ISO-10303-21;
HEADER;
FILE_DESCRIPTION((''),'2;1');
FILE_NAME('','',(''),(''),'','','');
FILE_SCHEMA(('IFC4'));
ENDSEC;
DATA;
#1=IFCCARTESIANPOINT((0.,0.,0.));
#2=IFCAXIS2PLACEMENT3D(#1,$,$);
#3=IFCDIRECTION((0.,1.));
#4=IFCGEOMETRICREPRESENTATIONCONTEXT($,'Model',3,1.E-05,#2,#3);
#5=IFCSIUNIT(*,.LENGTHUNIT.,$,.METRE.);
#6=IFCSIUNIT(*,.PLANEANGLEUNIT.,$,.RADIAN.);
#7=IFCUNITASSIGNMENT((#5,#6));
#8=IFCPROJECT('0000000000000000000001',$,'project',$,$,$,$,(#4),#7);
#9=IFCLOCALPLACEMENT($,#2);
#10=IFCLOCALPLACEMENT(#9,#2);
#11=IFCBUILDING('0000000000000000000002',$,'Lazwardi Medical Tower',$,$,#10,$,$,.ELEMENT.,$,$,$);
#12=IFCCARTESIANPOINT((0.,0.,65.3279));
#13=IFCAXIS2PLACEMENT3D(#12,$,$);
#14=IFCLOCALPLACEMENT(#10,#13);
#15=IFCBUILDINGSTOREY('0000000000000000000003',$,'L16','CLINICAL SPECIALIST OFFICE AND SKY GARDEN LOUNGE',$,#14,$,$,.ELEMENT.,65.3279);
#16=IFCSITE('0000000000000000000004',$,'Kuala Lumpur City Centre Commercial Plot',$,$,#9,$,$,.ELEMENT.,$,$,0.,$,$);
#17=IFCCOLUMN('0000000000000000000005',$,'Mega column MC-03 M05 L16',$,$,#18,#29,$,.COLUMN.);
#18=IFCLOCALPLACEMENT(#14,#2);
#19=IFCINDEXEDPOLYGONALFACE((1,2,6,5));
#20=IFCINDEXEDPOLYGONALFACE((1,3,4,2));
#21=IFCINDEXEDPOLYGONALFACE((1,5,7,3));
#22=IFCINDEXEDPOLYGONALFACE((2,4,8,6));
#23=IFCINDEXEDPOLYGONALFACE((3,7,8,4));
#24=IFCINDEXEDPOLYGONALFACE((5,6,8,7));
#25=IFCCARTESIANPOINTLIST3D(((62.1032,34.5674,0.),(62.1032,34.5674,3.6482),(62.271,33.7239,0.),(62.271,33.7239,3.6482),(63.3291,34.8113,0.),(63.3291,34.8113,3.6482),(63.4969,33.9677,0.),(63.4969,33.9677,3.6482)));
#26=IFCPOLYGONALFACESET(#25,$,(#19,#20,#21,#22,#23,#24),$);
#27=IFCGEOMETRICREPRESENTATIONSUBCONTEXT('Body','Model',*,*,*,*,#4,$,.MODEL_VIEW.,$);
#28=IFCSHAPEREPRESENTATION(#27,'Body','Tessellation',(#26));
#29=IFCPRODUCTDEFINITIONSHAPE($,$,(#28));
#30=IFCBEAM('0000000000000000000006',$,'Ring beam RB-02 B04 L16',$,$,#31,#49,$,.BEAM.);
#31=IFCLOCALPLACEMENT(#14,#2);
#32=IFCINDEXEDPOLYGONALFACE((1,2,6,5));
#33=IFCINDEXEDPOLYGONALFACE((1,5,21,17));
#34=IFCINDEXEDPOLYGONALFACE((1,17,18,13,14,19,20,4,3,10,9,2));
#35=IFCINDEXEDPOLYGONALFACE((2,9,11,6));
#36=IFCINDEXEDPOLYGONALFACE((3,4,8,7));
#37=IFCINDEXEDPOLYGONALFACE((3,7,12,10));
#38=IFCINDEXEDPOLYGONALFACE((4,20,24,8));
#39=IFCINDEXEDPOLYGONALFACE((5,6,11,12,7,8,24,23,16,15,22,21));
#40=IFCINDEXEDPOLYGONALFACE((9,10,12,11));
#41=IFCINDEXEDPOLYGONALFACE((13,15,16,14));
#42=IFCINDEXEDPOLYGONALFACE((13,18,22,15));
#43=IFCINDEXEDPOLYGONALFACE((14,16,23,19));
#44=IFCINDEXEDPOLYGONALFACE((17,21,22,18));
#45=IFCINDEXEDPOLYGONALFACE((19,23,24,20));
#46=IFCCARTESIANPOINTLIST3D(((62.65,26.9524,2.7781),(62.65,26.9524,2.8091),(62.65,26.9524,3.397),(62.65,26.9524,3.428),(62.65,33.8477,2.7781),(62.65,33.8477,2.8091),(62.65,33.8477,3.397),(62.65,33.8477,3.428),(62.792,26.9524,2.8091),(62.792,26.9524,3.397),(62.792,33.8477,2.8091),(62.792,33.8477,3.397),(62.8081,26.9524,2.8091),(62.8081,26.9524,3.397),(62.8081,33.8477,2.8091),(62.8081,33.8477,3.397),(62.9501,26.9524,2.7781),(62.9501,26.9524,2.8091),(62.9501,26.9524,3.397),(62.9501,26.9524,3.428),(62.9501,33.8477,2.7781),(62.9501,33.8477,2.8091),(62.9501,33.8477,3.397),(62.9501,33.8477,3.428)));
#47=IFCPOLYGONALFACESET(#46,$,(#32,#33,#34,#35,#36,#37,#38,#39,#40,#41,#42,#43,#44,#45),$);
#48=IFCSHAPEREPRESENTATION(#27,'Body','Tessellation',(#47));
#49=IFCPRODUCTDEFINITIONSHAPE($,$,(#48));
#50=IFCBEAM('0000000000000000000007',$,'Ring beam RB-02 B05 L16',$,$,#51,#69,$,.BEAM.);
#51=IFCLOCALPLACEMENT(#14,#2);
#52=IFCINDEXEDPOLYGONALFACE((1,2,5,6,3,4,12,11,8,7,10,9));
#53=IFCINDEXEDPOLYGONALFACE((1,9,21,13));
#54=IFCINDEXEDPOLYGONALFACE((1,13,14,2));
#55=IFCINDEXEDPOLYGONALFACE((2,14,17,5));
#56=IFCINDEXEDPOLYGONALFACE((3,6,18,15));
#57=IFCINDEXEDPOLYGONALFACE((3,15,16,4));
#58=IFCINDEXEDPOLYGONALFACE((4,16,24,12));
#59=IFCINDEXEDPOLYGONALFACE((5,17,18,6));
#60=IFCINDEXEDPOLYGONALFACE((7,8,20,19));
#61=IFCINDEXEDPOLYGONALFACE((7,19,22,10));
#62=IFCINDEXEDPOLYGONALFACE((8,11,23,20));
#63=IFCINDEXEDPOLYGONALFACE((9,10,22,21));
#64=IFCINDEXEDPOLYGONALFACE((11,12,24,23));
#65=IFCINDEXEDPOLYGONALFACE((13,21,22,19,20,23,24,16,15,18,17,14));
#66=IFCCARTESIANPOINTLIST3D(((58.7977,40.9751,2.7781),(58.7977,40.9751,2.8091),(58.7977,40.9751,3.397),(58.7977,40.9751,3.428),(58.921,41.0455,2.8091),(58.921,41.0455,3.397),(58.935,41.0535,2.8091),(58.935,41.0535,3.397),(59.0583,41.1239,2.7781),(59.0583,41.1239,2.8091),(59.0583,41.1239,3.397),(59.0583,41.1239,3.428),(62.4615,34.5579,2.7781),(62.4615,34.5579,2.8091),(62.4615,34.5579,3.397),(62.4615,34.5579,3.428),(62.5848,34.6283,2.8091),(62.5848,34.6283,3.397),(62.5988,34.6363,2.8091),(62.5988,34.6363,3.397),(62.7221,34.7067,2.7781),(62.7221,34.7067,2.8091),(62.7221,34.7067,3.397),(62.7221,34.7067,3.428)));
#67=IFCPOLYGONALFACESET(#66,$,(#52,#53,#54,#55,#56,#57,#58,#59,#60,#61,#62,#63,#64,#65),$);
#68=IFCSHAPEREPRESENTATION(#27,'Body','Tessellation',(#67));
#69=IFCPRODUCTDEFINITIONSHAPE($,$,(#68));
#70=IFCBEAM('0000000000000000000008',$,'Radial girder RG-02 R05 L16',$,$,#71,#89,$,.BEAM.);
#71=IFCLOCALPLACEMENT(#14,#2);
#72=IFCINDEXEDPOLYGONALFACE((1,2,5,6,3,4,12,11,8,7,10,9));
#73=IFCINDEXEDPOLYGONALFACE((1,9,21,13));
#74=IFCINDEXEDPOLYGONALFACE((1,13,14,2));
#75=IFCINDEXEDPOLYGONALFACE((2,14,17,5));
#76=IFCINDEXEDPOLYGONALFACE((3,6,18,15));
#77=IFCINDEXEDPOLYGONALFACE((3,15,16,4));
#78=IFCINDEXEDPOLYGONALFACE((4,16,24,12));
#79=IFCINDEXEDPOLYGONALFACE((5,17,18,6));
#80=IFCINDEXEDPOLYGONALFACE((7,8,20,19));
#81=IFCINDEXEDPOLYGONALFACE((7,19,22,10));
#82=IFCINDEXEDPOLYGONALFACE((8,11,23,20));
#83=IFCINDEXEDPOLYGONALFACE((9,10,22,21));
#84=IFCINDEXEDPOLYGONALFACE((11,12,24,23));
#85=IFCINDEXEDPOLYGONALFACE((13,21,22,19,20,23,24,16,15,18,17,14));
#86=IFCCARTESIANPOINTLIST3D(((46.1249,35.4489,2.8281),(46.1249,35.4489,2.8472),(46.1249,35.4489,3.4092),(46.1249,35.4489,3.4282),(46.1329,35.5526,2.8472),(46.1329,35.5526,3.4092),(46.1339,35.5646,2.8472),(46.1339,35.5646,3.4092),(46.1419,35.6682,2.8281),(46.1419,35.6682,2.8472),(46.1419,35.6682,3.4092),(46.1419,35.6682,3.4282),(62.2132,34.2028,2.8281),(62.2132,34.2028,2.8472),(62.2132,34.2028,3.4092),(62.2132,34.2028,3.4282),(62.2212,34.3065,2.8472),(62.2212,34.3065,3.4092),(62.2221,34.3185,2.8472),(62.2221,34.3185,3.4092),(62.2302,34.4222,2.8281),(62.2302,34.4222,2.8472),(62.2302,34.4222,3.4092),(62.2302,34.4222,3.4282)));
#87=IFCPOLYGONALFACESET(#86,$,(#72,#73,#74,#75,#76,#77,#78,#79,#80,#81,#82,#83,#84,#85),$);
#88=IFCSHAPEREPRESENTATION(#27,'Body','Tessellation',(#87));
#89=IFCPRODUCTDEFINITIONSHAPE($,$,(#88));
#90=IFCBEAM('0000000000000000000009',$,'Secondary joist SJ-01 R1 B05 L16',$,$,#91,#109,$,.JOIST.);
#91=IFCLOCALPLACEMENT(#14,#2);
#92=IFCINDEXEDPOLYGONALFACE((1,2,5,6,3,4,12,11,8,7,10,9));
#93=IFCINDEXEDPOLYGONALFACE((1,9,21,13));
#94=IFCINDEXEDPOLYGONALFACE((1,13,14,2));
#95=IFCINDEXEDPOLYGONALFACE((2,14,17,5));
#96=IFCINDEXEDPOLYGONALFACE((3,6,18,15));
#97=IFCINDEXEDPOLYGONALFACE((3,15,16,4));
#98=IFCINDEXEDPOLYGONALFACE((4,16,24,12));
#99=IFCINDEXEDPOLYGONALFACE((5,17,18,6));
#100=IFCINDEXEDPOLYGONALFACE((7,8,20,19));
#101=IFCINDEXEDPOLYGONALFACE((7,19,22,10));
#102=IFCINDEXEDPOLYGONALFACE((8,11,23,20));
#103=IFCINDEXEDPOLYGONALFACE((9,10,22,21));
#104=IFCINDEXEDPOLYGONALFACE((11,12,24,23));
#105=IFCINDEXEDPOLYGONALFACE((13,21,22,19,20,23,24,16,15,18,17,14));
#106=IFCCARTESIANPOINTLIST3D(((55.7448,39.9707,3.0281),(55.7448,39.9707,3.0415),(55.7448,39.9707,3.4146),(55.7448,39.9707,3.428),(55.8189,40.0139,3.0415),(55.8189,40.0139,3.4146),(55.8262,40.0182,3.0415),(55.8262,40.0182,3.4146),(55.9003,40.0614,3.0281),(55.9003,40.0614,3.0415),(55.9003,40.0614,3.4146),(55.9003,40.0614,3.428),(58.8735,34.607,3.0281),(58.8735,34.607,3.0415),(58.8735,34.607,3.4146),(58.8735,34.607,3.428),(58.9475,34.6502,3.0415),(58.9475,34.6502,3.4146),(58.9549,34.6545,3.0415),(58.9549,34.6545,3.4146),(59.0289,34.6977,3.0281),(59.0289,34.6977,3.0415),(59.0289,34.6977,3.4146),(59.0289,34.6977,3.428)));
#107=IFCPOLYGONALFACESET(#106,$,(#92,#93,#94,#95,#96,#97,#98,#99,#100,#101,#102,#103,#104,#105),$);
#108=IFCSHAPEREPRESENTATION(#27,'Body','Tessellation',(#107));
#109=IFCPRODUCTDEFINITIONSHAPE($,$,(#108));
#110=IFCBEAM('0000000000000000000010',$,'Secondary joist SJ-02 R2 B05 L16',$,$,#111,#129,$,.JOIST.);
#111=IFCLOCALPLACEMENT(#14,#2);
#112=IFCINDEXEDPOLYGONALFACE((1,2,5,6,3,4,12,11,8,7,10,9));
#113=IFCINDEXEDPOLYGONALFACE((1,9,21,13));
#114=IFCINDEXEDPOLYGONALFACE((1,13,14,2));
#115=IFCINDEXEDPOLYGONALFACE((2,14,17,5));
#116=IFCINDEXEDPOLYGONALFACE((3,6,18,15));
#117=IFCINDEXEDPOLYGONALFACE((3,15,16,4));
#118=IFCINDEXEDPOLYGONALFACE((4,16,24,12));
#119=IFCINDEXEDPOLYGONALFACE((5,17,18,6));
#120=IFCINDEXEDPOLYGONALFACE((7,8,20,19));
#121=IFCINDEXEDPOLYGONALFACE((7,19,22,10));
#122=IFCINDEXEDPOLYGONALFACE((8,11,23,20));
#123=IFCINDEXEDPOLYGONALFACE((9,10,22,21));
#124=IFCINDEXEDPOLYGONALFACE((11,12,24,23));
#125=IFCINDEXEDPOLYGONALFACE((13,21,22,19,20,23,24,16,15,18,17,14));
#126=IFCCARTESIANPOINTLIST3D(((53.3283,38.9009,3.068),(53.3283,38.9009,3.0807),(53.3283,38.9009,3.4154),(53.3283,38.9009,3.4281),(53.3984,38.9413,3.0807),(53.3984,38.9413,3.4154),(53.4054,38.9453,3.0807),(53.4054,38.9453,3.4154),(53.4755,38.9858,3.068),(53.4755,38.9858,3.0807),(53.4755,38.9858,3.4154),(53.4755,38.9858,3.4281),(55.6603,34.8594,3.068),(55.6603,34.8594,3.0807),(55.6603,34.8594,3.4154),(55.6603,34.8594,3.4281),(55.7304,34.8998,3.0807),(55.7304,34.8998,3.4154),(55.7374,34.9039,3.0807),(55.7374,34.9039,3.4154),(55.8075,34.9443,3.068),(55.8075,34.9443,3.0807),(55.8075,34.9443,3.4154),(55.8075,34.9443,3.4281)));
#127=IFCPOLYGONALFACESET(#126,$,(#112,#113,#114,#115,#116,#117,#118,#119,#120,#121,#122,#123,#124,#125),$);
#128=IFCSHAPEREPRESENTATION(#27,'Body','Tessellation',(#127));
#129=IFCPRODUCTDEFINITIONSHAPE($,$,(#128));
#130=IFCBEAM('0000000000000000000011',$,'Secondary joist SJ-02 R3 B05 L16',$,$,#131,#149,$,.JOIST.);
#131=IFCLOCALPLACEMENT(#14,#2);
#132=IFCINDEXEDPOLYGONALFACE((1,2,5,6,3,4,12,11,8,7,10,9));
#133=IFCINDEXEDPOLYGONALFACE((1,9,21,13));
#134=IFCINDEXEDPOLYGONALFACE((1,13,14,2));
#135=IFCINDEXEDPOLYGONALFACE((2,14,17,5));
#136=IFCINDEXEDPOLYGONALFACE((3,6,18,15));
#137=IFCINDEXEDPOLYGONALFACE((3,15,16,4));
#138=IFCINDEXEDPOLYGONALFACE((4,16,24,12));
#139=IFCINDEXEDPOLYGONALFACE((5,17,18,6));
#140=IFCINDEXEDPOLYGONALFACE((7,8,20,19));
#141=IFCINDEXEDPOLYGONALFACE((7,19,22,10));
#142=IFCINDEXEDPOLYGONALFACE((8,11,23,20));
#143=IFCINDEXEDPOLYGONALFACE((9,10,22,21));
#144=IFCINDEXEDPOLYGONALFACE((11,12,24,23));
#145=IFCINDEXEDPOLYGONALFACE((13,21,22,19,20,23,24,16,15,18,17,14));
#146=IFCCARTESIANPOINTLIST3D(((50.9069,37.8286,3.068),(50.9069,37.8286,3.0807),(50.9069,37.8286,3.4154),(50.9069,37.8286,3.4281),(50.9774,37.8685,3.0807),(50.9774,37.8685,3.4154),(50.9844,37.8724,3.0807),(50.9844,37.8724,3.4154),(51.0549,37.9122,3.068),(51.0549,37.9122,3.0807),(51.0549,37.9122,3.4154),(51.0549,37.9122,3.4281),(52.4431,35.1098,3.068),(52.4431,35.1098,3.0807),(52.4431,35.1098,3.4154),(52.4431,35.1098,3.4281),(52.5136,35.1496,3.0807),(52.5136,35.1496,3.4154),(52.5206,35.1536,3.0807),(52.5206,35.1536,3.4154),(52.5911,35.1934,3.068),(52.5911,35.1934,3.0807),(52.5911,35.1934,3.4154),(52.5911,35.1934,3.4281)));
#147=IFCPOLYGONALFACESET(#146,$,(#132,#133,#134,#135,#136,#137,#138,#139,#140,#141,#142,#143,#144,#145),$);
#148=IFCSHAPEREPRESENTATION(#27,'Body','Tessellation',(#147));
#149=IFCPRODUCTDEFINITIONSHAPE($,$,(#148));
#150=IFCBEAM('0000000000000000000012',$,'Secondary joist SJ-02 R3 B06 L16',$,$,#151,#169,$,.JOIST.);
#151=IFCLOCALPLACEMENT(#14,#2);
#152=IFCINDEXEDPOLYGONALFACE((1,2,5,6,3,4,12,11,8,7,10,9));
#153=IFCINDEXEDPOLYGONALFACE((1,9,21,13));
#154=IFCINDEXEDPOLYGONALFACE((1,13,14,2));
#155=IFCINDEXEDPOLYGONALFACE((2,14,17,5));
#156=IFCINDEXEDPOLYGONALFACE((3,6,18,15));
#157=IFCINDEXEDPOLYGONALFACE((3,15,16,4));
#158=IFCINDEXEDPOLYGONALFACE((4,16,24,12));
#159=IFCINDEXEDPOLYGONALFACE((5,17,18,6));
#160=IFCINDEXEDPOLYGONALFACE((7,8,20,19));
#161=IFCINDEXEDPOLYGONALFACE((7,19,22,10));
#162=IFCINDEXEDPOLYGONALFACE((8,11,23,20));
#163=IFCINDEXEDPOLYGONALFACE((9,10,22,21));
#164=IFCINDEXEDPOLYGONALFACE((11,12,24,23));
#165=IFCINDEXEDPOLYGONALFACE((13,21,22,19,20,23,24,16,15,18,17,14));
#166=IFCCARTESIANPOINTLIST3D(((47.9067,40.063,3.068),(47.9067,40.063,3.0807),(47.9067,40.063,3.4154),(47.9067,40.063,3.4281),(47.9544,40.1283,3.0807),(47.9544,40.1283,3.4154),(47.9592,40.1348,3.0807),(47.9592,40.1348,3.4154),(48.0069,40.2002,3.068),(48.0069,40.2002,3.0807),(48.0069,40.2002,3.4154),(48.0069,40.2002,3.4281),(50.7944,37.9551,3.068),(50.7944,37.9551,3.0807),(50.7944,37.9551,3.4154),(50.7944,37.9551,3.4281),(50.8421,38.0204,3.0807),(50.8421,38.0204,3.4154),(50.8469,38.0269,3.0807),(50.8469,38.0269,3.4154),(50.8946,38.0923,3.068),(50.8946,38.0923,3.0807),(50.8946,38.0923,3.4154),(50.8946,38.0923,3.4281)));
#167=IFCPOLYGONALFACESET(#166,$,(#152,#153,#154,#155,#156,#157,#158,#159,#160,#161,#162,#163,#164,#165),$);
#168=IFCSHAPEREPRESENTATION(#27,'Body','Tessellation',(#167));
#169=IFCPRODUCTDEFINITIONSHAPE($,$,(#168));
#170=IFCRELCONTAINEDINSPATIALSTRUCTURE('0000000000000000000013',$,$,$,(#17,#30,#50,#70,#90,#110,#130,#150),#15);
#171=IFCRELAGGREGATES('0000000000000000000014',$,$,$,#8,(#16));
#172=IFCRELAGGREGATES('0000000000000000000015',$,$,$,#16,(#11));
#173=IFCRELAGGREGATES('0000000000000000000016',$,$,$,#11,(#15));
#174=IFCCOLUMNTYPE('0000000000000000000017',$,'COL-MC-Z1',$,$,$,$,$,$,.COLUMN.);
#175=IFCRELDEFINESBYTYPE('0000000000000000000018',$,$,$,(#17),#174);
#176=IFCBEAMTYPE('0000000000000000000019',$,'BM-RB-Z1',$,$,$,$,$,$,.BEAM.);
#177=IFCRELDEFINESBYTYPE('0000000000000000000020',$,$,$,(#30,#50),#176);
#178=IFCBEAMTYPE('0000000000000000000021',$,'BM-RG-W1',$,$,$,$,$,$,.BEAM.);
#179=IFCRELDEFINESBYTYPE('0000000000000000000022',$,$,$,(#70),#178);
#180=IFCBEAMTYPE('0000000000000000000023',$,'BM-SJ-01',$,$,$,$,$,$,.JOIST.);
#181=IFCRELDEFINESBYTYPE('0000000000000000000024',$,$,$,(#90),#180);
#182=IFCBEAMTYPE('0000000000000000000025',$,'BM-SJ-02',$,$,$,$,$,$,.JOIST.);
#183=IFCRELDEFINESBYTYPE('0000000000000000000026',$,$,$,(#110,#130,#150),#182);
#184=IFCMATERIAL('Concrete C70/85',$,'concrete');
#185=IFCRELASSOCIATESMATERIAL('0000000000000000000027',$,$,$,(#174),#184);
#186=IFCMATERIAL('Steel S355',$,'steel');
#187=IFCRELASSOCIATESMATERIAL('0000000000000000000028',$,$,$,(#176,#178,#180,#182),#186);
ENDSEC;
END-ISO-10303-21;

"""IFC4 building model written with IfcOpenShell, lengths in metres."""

from ifc_helpers import new_model, si_unit, direction, frame, origin, origin_2d, place, context, subcontext, project, spatial, rectangle, i_section, extrude, material, material_profile, profile_set, type_object, element, save


model = new_model("IFC4")

# Units and contexts
model_context = context("Model", 3, precision=1e-05, world=origin(), true_north=direction((0.0, 1.0)))
body_context = subcontext(model_context, "Body", "Model", "MODEL_VIEW")
ifc_project = project(units=[si_unit("LENGTHUNIT", "METRE"), si_unit("PLANEANGLEUNIT", "RADIAN")], contexts=[model_context])

# Site, building, storey
site_placement = place(None, origin())
site = spatial("IfcSite", under=ifc_project, at=site_placement, Name="Kuala Lumpur City Centre Commercial Plot", CompositionType="ELEMENT", RefElevation=0.0)
building_placement = place(site_placement, origin())
building = spatial("IfcBuilding", under=site, at=building_placement, Name="Lazwardi Medical Tower", CompositionType="ELEMENT")
storey_placement = place(building_placement, frame((0.0, 0.0, 65.3279)))
storey = spatial("IfcBuildingStorey", under=building, at=storey_placement, Name="L16", Description="CLINICAL SPECIALIST OFFICE AND SKY GARDEN LOUNGE", CompositionType="ELEMENT", Elevation=65.3279)

# Column
ifc_material_1 = material(Name="Concrete C70/85", Category="concrete")
ifc_material_profile_1 = material_profile(ifc_material_1, rectangle(XDim=1.25, YDim=0.8601, at=origin_2d()), Name="CFT-RECT 1250x860")
ifc_profile_set_1 = profile_set([ifc_material_profile_1], Name="Concrete C70/85")
column_type = type_object("IfcColumnType", Name="COL-MC-Z1", PredefinedType="COLUMN", material=ifc_profile_set_1)
column_placement = place(storey_placement, frame((62.8, 34.2676, 0.0), z_axis=(0.0, 0.0, 1.0), x_axis=(0.980785, 0.19509, 0.0)))
element("IfcColumn", 1, at=column_placement, inside=storey, type_object=column_type, Name="Mega column MC-03 M05 L16", PredefinedType="COLUMN", context=body_context, shape_type="SweptSolid", body=[
    extrude(rectangle(XDim=1.25, YDim=0.8601, at=origin_2d()), origin(), (0.0, 0.0, 1.0), 3.6482),
])

# Beams
ifc_material_2 = material(Name="Steel S355", Category="steel")
ifc_material_profile_2 = material_profile(ifc_material_2, i_section(OverallWidth=0.3, OverallDepth=0.6499, WebThickness=0.0161, FlangeThickness=0.031, at=origin_2d()), Name="HEB 650")
ifc_profile_set_2 = profile_set([ifc_material_profile_2], Name="Steel S355")
beam_type_1 = type_object("IfcBeamType", Name="BM-RB-Z1", PredefinedType="BEAM", material=ifc_profile_set_2)
beam_1_placement = place(storey_placement, frame((62.8, 26.9524, 3.103), z_axis=(0.0, 1.0, 0.0), x_axis=(-1.0, 0.0, 0.0)))
element("IfcBeam", 2, at=beam_1_placement, inside=storey, type_object=beam_type_1, Name="Ring beam RB-02 B04 L16", PredefinedType="BEAM", context=body_context, shape_type="SweptSolid", body=[
    extrude(i_section(OverallWidth=0.3, OverallDepth=0.6499, WebThickness=0.0161, FlangeThickness=0.031, at=origin_2d()), origin(), (0.0, 0.0, 1.0), 6.8953),
])
beam_2_placement = place(storey_placement, frame((62.5918, 34.6323, 3.103), z_axis=(-0.495815, 0.868428, 0.0), x_axis=(-0.868428, -0.495815, 0.0)))
element("IfcBeam", 3, at=beam_2_placement, inside=storey, type_object=beam_type_1, Name="Ring beam RB-02 B05 L16", PredefinedType="BEAM", context=body_context, shape_type="SweptSolid", body=[
    extrude(i_section(OverallWidth=0.3, OverallDepth=0.6499, WebThickness=0.0161, FlangeThickness=0.031, at=origin_2d()), origin(), (0.0, 0.0, 1.0), 7.3894),
])
ifc_material_profile_3 = material_profile(ifc_material_2, i_section(OverallWidth=0.22, OverallDepth=0.6001, WebThickness=0.012, FlangeThickness=0.019, at=origin_2d()), Name="IPE 600")
ifc_profile_set_3 = profile_set([ifc_material_profile_3], Name="Steel S355")
beam_type_2 = type_object("IfcBeamType", Name="BM-RG-W1", PredefinedType="BEAM", material=ifc_profile_set_3)
beam_3_placement = place(storey_placement, frame((62.2217, 34.3125, 3.1282), z_axis=(-0.997014, 0.077222, 0.0), x_axis=(-0.077222, -0.997014, 0.0)))
element("IfcBeam", 4, at=beam_3_placement, inside=storey, type_object=beam_type_2, Name="Radial girder RG-02 R05 L16", PredefinedType="BEAM", context=body_context, shape_type="SweptSolid", body=[
    extrude(i_section(OverallWidth=0.22, OverallDepth=0.6001, WebThickness=0.012, FlangeThickness=0.019, at=origin_2d()), origin(), (0.0, 0.0, 1.0), 16.1365),
])
ifc_material_profile_4 = material_profile(ifc_material_2, i_section(OverallWidth=0.1799, OverallDepth=0.3999, WebThickness=0.0085, FlangeThickness=0.0134, at=origin_2d()), Name="IPE 400")
ifc_profile_set_4 = profile_set([ifc_material_profile_4], Name="Steel S355")
beam_type_3 = type_object("IfcBeamType", Name="BM-SJ-01", PredefinedType="JOIST", material=ifc_profile_set_4)
beam_4_placement = place(storey_placement, frame((58.9512, 34.6523, 3.228), z_axis=(-0.503847, 0.863793, 0.0), x_axis=(-0.863793, -0.503847, 0.0)))
element("IfcBeam", 5, at=beam_4_placement, inside=storey, type_object=beam_type_3, Name="Secondary joist SJ-01 R1 B05 L16", PredefinedType="JOIST", context=body_context, shape_type="SweptSolid", body=[
    extrude(i_section(OverallWidth=0.1799, OverallDepth=0.3999, WebThickness=0.0085, FlangeThickness=0.0134, at=origin_2d()), origin(), (0.0, 0.0, 1.0), 6.2095),
])
ifc_material_profile_5 = material_profile(ifc_material_2, i_section(OverallWidth=0.1699, OverallDepth=0.3601, WebThickness=0.0081, FlangeThickness=0.0127, at=origin_2d()), Name="IPE 360")
ifc_profile_set_5 = profile_set([ifc_material_profile_5], Name="Steel S355")
beam_type_4 = type_object("IfcBeamType", Name="BM-SJ-02", PredefinedType="JOIST", material=ifc_profile_set_5)
beam_5_placement = place(storey_placement, frame((55.7339, 34.9019, 3.248), z_axis=(-0.499786, 0.866149, 0.0), x_axis=(-0.866149, -0.499786, 0.0)))
element("IfcBeam", 6, at=beam_5_placement, inside=storey, type_object=beam_type_4, Name="Secondary joist SJ-02 R2 B05 L16", PredefinedType="JOIST", context=body_context, shape_type="SweptSolid", body=[
    extrude(i_section(OverallWidth=0.1699, OverallDepth=0.3601, WebThickness=0.0081, FlangeThickness=0.0127, at=origin_2d()), origin(), (0.0, 0.0, 1.0), 4.666),
])
beam_6_placement = place(storey_placement, frame((52.5171, 35.1516, 3.248), z_axis=(-0.491923, 0.870639, 0.0), x_axis=(-0.870639, -0.491923, 0.0)))
element("IfcBeam", 7, at=beam_6_placement, inside=storey, type_object=beam_type_4, Name="Secondary joist SJ-02 R3 B05 L16", PredefinedType="JOIST", context=body_context, shape_type="SweptSolid", body=[
    extrude(i_section(OverallWidth=0.1699, OverallDepth=0.3601, WebThickness=0.0081, FlangeThickness=0.0127, at=origin_2d()), origin(), (0.0, 0.0, 1.0), 3.1228),
])
beam_7_placement = place(storey_placement, frame((50.8445, 38.0237, 3.248), z_axis=(-0.807701, 0.589592, 0.0), x_axis=(-0.589592, -0.807701, 0.0)))
element("IfcBeam", 8, at=beam_7_placement, inside=storey, type_object=beam_type_4, Name="Secondary joist SJ-02 R3 B06 L16", PredefinedType="JOIST", context=body_context, shape_type="SweptSolid", body=[
    extrude(i_section(OverallWidth=0.1699, OverallDepth=0.3601, WebThickness=0.0081, FlangeThickness=0.0127, at=origin_2d()), origin(), (0.0, 0.0, 1.0), 3.5752),
])

save(model, "model.ifc")
